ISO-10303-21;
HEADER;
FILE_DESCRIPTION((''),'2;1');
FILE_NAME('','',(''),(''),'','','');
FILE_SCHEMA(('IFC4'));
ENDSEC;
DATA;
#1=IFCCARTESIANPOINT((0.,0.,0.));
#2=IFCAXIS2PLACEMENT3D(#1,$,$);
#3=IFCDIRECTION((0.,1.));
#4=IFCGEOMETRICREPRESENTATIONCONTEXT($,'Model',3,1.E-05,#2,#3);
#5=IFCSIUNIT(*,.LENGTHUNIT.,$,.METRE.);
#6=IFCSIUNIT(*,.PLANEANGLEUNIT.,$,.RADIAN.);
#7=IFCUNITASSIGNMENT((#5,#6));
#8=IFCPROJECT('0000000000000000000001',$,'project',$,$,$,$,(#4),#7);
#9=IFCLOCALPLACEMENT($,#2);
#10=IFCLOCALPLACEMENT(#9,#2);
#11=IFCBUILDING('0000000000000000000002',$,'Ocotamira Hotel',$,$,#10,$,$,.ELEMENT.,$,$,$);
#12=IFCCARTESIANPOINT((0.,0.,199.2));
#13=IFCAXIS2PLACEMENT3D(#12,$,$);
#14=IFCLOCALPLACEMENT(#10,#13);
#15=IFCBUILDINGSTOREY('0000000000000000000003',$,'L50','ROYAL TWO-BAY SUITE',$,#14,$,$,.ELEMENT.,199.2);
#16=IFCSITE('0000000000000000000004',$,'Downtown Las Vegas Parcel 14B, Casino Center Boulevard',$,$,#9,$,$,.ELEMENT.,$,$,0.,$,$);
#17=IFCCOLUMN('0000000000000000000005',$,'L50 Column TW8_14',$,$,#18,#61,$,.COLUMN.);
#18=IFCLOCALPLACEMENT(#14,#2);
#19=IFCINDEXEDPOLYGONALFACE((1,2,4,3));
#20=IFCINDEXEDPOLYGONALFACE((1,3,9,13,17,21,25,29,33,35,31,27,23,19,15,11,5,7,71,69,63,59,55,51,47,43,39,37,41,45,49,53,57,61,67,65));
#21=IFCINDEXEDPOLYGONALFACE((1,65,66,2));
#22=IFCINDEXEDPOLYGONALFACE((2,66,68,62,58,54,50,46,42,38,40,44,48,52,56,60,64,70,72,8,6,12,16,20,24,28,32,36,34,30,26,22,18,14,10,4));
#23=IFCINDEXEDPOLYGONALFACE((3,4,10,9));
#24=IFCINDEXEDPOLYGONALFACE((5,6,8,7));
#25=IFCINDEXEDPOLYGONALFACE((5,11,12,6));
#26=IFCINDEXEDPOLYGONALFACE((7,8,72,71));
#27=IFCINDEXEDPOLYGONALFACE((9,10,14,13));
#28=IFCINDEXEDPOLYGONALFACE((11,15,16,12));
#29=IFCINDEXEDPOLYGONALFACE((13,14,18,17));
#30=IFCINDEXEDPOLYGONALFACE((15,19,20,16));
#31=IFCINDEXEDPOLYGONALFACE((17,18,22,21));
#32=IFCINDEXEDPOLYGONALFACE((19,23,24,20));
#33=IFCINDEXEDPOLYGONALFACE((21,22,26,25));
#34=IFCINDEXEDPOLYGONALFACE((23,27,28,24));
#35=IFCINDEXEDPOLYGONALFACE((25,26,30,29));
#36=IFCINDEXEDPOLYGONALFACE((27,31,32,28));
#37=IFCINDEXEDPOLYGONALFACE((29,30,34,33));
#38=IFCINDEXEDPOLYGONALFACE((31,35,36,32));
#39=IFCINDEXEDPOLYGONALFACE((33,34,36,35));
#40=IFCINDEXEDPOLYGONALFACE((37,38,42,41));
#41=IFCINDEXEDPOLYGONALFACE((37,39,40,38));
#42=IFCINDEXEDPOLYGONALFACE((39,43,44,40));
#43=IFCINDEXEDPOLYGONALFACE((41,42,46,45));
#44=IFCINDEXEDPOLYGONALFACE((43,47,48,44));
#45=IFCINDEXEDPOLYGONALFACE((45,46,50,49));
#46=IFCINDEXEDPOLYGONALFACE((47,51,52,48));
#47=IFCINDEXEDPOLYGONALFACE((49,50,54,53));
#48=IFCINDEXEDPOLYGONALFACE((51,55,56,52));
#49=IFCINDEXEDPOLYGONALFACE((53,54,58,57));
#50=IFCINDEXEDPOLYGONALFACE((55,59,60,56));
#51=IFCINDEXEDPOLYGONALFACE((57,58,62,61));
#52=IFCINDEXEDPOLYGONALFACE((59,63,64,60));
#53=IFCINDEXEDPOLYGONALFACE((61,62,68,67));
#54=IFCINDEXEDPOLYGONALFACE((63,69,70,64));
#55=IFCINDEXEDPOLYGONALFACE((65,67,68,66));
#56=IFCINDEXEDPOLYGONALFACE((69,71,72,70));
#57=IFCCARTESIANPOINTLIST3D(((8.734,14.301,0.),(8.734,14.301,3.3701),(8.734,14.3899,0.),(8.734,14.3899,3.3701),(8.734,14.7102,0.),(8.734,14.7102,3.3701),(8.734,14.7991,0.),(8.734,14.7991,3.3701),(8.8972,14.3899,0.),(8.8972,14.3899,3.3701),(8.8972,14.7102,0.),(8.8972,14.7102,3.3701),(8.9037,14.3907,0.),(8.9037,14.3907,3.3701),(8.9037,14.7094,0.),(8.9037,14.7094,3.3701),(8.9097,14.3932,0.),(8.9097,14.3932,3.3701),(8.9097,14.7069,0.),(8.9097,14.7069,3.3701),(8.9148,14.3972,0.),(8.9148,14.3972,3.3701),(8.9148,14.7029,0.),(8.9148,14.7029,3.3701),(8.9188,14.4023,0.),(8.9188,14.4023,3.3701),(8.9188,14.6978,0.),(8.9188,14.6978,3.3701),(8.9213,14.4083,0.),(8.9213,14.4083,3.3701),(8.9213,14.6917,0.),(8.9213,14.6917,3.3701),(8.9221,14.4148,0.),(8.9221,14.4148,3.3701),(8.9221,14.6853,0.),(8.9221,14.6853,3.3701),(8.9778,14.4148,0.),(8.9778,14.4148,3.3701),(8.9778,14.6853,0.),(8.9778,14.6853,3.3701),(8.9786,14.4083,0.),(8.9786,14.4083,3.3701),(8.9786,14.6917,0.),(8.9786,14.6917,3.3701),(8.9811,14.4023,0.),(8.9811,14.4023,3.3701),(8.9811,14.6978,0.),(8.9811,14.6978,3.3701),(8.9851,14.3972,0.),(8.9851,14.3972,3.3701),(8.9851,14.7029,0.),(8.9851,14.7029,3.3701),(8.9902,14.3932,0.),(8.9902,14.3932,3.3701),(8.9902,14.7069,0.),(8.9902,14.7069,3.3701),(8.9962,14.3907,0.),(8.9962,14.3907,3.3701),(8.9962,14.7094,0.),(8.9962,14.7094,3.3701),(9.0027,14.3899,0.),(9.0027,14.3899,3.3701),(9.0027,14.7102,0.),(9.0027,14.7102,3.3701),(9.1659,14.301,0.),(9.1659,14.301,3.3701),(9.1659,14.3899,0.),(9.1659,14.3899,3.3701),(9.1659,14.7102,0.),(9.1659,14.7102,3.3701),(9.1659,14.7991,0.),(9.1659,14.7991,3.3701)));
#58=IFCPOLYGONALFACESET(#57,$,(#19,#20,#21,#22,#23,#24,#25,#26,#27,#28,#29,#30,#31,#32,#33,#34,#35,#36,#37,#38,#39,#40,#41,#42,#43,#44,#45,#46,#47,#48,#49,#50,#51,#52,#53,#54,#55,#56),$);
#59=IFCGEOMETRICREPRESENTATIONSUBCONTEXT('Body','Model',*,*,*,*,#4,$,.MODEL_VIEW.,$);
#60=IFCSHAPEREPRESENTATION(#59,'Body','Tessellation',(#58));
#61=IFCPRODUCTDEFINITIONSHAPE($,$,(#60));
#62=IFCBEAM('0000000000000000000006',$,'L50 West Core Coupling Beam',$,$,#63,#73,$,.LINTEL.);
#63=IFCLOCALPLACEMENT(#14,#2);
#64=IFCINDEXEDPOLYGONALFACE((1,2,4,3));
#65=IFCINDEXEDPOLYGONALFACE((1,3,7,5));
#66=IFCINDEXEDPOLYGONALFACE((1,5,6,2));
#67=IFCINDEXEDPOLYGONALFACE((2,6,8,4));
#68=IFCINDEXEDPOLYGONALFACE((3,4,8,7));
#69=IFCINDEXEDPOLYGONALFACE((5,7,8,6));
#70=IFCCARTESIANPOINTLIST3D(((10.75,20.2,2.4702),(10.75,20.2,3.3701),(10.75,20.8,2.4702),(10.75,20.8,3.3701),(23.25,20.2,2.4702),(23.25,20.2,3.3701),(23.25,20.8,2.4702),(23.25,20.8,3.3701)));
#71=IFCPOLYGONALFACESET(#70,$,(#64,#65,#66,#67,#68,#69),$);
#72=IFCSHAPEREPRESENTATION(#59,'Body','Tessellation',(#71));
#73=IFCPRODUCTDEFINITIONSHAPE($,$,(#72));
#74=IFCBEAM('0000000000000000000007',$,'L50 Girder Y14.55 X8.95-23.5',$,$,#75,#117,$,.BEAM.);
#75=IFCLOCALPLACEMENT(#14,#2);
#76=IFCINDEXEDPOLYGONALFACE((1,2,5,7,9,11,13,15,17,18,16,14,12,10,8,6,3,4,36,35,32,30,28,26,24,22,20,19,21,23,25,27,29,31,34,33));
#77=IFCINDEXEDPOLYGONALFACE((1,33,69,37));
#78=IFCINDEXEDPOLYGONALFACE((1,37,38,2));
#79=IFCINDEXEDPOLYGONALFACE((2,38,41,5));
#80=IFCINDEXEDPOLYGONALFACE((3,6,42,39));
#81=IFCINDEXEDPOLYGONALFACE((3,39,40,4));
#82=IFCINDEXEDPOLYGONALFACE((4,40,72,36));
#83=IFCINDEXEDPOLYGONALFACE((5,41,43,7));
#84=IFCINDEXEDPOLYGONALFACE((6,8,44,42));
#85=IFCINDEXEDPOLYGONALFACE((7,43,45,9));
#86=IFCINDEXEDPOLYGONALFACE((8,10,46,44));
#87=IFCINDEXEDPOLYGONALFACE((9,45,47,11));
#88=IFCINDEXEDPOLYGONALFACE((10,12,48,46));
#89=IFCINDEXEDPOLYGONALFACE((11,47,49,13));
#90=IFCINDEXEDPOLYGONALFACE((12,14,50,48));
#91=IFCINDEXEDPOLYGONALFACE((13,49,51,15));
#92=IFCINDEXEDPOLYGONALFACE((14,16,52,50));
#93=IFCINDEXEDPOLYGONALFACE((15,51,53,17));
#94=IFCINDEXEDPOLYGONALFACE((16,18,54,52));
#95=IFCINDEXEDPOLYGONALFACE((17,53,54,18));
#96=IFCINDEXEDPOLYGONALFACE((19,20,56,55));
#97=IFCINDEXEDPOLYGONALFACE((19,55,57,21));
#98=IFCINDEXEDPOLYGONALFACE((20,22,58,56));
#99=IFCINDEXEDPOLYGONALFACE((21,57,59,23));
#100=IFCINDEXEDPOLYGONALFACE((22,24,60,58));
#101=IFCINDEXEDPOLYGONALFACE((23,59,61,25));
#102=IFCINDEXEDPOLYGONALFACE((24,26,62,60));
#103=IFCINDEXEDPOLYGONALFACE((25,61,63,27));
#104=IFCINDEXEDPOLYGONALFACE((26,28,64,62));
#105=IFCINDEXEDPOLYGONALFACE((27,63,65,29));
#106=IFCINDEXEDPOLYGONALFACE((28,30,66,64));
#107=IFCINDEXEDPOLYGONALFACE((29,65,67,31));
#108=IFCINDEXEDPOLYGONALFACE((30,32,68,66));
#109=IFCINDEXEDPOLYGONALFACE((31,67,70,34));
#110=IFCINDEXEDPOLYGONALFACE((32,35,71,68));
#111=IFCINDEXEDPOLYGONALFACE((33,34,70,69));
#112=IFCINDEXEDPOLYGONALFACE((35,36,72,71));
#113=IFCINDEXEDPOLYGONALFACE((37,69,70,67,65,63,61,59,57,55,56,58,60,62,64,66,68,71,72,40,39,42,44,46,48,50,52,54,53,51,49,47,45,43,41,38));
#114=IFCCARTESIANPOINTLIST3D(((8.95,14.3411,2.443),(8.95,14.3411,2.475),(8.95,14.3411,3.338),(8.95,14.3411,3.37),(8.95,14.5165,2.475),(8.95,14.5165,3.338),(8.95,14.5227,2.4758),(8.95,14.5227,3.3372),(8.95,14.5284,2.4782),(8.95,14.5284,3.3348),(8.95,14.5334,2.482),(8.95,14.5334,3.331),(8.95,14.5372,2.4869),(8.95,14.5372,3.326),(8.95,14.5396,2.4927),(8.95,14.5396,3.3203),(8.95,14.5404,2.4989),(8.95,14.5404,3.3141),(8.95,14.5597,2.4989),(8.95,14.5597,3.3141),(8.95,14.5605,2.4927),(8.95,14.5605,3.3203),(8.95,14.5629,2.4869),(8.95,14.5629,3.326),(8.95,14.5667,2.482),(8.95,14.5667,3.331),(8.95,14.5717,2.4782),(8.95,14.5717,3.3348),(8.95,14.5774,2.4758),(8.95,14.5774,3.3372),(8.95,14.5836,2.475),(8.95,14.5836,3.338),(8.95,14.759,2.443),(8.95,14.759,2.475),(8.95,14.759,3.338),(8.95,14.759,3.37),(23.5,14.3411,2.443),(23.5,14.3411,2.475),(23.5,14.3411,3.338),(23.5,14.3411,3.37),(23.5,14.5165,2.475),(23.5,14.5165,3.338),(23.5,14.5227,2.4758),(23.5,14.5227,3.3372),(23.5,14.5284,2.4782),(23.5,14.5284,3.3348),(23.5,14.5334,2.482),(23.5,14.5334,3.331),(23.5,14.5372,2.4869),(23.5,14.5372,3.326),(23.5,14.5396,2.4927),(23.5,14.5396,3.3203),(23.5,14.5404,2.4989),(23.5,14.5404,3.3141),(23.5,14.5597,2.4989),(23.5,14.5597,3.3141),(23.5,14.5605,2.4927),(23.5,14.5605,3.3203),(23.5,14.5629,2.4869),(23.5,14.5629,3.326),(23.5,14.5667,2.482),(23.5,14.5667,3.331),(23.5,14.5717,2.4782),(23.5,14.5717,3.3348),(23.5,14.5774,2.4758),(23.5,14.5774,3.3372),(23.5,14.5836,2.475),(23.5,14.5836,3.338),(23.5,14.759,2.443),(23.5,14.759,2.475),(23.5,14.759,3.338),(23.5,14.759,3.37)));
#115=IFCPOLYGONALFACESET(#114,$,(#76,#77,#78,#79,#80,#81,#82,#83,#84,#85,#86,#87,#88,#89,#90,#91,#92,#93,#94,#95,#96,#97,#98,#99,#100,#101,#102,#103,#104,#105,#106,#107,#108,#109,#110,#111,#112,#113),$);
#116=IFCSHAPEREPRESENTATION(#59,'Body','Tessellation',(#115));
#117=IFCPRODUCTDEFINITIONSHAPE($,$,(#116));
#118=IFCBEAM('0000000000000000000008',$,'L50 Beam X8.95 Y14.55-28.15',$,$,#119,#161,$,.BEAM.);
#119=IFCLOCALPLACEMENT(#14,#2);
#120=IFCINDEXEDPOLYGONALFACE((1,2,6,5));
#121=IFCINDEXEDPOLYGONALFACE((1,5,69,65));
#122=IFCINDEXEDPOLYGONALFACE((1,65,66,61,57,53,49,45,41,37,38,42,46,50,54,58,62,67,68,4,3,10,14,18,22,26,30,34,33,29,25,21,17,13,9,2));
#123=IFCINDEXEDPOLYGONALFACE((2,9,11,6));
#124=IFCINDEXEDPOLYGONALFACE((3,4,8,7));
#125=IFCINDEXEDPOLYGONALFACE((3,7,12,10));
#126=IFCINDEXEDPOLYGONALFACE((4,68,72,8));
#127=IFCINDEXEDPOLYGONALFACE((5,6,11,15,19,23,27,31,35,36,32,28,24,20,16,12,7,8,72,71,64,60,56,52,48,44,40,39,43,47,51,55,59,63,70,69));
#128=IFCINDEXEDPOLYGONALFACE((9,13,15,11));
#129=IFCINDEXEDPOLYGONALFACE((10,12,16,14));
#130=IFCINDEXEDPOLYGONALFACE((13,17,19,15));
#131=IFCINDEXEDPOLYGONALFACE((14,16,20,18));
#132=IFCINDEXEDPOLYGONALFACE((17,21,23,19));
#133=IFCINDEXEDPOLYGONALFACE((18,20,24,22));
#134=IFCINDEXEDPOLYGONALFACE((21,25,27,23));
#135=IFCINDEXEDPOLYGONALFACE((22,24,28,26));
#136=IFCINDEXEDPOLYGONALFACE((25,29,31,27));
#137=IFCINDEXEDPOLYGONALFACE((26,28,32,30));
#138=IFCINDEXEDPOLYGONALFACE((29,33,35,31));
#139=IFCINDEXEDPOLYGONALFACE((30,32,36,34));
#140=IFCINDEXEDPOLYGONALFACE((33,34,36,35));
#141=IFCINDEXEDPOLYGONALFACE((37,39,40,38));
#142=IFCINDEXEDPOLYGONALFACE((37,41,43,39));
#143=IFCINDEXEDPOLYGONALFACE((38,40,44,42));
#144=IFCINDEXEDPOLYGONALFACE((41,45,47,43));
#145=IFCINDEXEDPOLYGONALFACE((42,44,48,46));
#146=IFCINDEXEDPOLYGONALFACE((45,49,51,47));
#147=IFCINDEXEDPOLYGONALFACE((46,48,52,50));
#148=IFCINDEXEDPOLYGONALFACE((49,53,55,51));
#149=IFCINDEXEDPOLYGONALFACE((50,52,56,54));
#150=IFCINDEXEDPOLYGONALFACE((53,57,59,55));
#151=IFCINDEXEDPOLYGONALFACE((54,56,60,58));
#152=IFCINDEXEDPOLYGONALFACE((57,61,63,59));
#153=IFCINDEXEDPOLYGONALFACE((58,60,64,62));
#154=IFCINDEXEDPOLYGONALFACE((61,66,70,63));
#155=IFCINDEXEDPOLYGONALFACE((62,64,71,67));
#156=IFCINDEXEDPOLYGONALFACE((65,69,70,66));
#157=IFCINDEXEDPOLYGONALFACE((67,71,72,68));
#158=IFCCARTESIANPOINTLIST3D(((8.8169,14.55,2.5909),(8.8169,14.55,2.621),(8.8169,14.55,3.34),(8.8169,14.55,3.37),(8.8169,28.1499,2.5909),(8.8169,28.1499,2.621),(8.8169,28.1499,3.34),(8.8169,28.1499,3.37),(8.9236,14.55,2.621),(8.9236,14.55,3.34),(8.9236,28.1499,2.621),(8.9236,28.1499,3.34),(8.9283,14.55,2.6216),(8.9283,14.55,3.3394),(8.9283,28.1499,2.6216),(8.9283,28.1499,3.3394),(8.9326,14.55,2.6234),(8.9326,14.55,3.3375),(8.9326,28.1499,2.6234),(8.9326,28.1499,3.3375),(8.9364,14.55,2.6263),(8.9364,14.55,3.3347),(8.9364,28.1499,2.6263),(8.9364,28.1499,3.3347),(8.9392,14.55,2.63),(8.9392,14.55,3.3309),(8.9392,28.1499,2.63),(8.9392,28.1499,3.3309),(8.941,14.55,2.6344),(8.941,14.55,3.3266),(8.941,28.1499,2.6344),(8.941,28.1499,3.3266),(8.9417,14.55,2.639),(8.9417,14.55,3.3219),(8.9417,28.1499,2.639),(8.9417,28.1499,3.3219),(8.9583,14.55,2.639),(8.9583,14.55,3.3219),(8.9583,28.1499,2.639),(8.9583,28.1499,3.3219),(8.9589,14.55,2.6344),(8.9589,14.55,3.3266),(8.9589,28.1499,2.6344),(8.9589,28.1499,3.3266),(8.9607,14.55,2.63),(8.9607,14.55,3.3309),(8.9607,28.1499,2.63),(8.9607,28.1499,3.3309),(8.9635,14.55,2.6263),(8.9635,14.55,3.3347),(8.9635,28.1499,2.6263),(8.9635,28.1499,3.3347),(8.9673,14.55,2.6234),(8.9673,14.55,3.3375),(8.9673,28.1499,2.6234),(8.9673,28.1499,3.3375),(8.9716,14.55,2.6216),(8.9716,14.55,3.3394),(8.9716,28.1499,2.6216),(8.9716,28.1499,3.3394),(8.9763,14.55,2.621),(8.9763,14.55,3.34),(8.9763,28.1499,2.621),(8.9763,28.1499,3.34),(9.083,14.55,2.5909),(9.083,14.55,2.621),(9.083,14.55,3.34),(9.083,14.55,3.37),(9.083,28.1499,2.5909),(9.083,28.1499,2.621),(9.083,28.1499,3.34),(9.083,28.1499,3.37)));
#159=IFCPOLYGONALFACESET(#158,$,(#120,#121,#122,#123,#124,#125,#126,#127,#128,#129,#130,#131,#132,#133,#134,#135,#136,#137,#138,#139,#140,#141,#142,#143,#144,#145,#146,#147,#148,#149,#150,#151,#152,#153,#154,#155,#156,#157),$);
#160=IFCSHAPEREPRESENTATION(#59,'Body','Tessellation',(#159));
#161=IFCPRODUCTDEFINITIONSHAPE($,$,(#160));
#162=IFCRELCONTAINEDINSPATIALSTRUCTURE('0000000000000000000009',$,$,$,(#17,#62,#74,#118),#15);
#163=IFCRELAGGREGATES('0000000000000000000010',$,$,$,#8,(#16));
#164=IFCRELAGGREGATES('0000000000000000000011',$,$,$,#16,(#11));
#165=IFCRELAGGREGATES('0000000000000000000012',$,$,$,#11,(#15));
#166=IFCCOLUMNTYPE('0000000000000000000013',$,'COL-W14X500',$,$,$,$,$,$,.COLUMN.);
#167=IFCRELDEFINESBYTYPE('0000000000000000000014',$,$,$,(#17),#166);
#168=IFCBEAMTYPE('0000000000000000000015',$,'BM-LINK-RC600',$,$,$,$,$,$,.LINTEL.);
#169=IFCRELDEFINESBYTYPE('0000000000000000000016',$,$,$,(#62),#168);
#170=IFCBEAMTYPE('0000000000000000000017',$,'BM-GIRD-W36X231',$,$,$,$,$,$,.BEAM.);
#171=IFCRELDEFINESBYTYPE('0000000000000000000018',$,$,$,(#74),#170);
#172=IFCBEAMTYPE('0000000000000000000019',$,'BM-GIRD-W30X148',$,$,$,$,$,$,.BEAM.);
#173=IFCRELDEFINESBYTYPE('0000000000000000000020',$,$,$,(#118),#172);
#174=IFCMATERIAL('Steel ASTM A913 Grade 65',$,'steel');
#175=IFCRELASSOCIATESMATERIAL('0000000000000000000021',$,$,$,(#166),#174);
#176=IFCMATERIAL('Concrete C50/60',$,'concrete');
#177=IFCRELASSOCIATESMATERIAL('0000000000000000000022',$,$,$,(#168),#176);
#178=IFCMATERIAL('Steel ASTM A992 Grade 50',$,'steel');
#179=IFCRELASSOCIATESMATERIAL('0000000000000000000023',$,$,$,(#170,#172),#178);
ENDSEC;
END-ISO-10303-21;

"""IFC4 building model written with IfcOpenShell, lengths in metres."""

from ifc_helpers import new_model, si_unit, direction, frame, origin, origin_2d, place, context, subcontext, project, spatial, rectangle, i_section, extrude, source, transform, mapped, material, material_profile, profile_set, type_object, element, save


model = new_model("IFC4")

# Units and contexts
model_context = context("Model", 3, precision=1e-05, world=origin(), true_north=direction((0.0, 1.0)))
body_context = subcontext(model_context, "Body", "Model", "MODEL_VIEW")
ifc_project = project(units=[si_unit("LENGTHUNIT", "METRE"), si_unit("PLANEANGLEUNIT", "RADIAN")], contexts=[model_context])

# Site, building, storey
site_placement = place(None, origin())
site = spatial("IfcSite", under=ifc_project, at=site_placement, Name="Downtown Las Vegas Parcel 14B, Casino Center Boulevard", CompositionType="ELEMENT", RefElevation=0.0)
building_placement = place(site_placement, origin())
building = spatial("IfcBuilding", under=site, at=building_placement, Name="Ocotamira Hotel", CompositionType="ELEMENT")
storey_placement = place(building_placement, frame((0.0, 0.0, 199.2)))
storey = spatial("IfcBuildingStorey", under=building, at=storey_placement, Name="L50", Description="ROYAL TWO-BAY SUITE", CompositionType="ELEMENT", Elevation=199.2)

# Column
ifc_material_1 = material(Name="Steel ASTM A913 Grade 65", Category="steel")
ifc_material_profile_1 = material_profile(ifc_material_1, i_section(OverallWidth=0.4319, OverallDepth=0.498, WebThickness=0.0557, FlangeThickness=0.0889, FilletRadius=0.0249, at=origin_2d()), Name="W14X500")
ifc_profile_set_1 = profile_set([ifc_material_profile_1], Name="Steel ASTM A913 Grade 65")
column_type = type_object("IfcColumnType", Name="COL-W14X500", PredefinedType="COLUMN", material=ifc_profile_set_1)
shared_shape_1 = source(origin(), body_context, "Body", "SweptSolid", [
    extrude(i_section(OverallWidth=0.4319, OverallDepth=0.498, WebThickness=0.0557, FlangeThickness=0.0889, FilletRadius=0.0249, at=origin_2d()), origin(), (0.0, 0.0, 1.0), 3.3701),
])
column_placement = place(storey_placement, frame((8.95, 14.55, 0.0), z_axis=(0.0, 0.0, 1.0), x_axis=(1.0, 0.0, 0.0)))
element("IfcColumn", 1, at=column_placement, inside=storey, type_object=column_type, Name="L50 Column TW8_14", PredefinedType="COLUMN", context=body_context, shape_type="MappedRepresentation", body=[
    mapped(shared_shape_1, transform((0.0, 0.0, 0.0), scale=1.0)),
])

# Beams
ifc_material_2 = material(Name="Concrete C50/60", Category="concrete")
ifc_material_profile_2 = material_profile(ifc_material_2, rectangle(XDim=0.6001, YDim=0.8999, at=origin_2d()), Name="RC600X900")
ifc_profile_set_2 = profile_set([ifc_material_profile_2], Name="Concrete C50/60")
beam_type_1 = type_object("IfcBeamType", Name="BM-LINK-RC600", PredefinedType="LINTEL", material=ifc_profile_set_2)
shared_shape_2 = source(origin(), body_context, "Body", "SweptSolid", [
    extrude(rectangle(XDim=0.6001, YDim=0.8999, at=origin_2d()), origin(), (0.0, 0.0, 1.0), 12.5),
])
beam_1_placement = place(storey_placement, frame((10.75, 20.5, 2.9202), z_axis=(1.0, 0.0, 0.0), x_axis=(0.0, 1.0, 0.0)))
element("IfcBeam", 2, at=beam_1_placement, inside=storey, type_object=beam_type_1, Name="L50 West Core Coupling Beam", PredefinedType="LINTEL", context=body_context, shape_type="MappedRepresentation", body=[
    mapped(shared_shape_2, transform((0.0, 0.0, 0.0), scale=1.0)),
])
ifc_material_3 = material(Name="Steel ASTM A992 Grade 50", Category="steel")
ifc_material_profile_3 = material_profile(ifc_material_3, i_section(OverallWidth=0.418, OverallDepth=0.927, WebThickness=0.0193, FlangeThickness=0.032, FilletRadius=0.0239, at=origin_2d()), Name="W36X231")
ifc_profile_set_3 = profile_set([ifc_material_profile_3], Name="Steel ASTM A992 Grade 50")
beam_type_2 = type_object("IfcBeamType", Name="BM-GIRD-W36X231", PredefinedType="BEAM", material=ifc_profile_set_3)
shared_shape_3 = source(origin(), body_context, "Body", "SweptSolid", [
    extrude(i_section(OverallWidth=0.418, OverallDepth=0.927, WebThickness=0.0193, FlangeThickness=0.032, FilletRadius=0.0239, at=origin_2d()), origin(), (0.0, 0.0, 1.0), 14.55),
])
beam_2_placement = place(storey_placement, frame((8.95, 14.55, 2.9065), z_axis=(1.0, 0.0, 0.0), x_axis=(0.0, 1.0, 0.0)))
element("IfcBeam", 3, at=beam_2_placement, inside=storey, type_object=beam_type_2, Name="L50 Girder Y14.55 X8.95-23.5", PredefinedType="BEAM", context=body_context, shape_type="MappedRepresentation", body=[
    mapped(shared_shape_3, transform((0.0, 0.0, 0.0), scale=1.0)),
])
ifc_material_profile_4 = material_profile(ifc_material_3, i_section(OverallWidth=0.2661, OverallDepth=0.7791, WebThickness=0.0166, FlangeThickness=0.03, FilletRadius=0.0181, at=origin_2d()), Name="W30X148")
ifc_profile_set_4 = profile_set([ifc_material_profile_4], Name="Steel ASTM A992 Grade 50")
beam_type_3 = type_object("IfcBeamType", Name="BM-GIRD-W30X148", PredefinedType="BEAM", material=ifc_profile_set_4)
shared_shape_4 = source(origin(), body_context, "Body", "SweptSolid", [
    extrude(i_section(OverallWidth=0.2661, OverallDepth=0.7791, WebThickness=0.0166, FlangeThickness=0.03, FilletRadius=0.0181, at=origin_2d()), origin(), (0.0, 0.0, 1.0), 13.5999),
])
beam_3_placement = place(storey_placement, frame((8.95, 14.55, 2.9805), z_axis=(0.0, 1.0, 0.0), x_axis=(-1.0, 0.0, 0.0)))
element("IfcBeam", 4, at=beam_3_placement, inside=storey, type_object=beam_type_3, Name="L50 Beam X8.95 Y14.55-28.15", PredefinedType="BEAM", context=body_context, shape_type="MappedRepresentation", body=[
    mapped(shared_shape_4, transform((0.0, 0.0, 0.0), scale=1.0)),
])

save(model, "model.ifc")
